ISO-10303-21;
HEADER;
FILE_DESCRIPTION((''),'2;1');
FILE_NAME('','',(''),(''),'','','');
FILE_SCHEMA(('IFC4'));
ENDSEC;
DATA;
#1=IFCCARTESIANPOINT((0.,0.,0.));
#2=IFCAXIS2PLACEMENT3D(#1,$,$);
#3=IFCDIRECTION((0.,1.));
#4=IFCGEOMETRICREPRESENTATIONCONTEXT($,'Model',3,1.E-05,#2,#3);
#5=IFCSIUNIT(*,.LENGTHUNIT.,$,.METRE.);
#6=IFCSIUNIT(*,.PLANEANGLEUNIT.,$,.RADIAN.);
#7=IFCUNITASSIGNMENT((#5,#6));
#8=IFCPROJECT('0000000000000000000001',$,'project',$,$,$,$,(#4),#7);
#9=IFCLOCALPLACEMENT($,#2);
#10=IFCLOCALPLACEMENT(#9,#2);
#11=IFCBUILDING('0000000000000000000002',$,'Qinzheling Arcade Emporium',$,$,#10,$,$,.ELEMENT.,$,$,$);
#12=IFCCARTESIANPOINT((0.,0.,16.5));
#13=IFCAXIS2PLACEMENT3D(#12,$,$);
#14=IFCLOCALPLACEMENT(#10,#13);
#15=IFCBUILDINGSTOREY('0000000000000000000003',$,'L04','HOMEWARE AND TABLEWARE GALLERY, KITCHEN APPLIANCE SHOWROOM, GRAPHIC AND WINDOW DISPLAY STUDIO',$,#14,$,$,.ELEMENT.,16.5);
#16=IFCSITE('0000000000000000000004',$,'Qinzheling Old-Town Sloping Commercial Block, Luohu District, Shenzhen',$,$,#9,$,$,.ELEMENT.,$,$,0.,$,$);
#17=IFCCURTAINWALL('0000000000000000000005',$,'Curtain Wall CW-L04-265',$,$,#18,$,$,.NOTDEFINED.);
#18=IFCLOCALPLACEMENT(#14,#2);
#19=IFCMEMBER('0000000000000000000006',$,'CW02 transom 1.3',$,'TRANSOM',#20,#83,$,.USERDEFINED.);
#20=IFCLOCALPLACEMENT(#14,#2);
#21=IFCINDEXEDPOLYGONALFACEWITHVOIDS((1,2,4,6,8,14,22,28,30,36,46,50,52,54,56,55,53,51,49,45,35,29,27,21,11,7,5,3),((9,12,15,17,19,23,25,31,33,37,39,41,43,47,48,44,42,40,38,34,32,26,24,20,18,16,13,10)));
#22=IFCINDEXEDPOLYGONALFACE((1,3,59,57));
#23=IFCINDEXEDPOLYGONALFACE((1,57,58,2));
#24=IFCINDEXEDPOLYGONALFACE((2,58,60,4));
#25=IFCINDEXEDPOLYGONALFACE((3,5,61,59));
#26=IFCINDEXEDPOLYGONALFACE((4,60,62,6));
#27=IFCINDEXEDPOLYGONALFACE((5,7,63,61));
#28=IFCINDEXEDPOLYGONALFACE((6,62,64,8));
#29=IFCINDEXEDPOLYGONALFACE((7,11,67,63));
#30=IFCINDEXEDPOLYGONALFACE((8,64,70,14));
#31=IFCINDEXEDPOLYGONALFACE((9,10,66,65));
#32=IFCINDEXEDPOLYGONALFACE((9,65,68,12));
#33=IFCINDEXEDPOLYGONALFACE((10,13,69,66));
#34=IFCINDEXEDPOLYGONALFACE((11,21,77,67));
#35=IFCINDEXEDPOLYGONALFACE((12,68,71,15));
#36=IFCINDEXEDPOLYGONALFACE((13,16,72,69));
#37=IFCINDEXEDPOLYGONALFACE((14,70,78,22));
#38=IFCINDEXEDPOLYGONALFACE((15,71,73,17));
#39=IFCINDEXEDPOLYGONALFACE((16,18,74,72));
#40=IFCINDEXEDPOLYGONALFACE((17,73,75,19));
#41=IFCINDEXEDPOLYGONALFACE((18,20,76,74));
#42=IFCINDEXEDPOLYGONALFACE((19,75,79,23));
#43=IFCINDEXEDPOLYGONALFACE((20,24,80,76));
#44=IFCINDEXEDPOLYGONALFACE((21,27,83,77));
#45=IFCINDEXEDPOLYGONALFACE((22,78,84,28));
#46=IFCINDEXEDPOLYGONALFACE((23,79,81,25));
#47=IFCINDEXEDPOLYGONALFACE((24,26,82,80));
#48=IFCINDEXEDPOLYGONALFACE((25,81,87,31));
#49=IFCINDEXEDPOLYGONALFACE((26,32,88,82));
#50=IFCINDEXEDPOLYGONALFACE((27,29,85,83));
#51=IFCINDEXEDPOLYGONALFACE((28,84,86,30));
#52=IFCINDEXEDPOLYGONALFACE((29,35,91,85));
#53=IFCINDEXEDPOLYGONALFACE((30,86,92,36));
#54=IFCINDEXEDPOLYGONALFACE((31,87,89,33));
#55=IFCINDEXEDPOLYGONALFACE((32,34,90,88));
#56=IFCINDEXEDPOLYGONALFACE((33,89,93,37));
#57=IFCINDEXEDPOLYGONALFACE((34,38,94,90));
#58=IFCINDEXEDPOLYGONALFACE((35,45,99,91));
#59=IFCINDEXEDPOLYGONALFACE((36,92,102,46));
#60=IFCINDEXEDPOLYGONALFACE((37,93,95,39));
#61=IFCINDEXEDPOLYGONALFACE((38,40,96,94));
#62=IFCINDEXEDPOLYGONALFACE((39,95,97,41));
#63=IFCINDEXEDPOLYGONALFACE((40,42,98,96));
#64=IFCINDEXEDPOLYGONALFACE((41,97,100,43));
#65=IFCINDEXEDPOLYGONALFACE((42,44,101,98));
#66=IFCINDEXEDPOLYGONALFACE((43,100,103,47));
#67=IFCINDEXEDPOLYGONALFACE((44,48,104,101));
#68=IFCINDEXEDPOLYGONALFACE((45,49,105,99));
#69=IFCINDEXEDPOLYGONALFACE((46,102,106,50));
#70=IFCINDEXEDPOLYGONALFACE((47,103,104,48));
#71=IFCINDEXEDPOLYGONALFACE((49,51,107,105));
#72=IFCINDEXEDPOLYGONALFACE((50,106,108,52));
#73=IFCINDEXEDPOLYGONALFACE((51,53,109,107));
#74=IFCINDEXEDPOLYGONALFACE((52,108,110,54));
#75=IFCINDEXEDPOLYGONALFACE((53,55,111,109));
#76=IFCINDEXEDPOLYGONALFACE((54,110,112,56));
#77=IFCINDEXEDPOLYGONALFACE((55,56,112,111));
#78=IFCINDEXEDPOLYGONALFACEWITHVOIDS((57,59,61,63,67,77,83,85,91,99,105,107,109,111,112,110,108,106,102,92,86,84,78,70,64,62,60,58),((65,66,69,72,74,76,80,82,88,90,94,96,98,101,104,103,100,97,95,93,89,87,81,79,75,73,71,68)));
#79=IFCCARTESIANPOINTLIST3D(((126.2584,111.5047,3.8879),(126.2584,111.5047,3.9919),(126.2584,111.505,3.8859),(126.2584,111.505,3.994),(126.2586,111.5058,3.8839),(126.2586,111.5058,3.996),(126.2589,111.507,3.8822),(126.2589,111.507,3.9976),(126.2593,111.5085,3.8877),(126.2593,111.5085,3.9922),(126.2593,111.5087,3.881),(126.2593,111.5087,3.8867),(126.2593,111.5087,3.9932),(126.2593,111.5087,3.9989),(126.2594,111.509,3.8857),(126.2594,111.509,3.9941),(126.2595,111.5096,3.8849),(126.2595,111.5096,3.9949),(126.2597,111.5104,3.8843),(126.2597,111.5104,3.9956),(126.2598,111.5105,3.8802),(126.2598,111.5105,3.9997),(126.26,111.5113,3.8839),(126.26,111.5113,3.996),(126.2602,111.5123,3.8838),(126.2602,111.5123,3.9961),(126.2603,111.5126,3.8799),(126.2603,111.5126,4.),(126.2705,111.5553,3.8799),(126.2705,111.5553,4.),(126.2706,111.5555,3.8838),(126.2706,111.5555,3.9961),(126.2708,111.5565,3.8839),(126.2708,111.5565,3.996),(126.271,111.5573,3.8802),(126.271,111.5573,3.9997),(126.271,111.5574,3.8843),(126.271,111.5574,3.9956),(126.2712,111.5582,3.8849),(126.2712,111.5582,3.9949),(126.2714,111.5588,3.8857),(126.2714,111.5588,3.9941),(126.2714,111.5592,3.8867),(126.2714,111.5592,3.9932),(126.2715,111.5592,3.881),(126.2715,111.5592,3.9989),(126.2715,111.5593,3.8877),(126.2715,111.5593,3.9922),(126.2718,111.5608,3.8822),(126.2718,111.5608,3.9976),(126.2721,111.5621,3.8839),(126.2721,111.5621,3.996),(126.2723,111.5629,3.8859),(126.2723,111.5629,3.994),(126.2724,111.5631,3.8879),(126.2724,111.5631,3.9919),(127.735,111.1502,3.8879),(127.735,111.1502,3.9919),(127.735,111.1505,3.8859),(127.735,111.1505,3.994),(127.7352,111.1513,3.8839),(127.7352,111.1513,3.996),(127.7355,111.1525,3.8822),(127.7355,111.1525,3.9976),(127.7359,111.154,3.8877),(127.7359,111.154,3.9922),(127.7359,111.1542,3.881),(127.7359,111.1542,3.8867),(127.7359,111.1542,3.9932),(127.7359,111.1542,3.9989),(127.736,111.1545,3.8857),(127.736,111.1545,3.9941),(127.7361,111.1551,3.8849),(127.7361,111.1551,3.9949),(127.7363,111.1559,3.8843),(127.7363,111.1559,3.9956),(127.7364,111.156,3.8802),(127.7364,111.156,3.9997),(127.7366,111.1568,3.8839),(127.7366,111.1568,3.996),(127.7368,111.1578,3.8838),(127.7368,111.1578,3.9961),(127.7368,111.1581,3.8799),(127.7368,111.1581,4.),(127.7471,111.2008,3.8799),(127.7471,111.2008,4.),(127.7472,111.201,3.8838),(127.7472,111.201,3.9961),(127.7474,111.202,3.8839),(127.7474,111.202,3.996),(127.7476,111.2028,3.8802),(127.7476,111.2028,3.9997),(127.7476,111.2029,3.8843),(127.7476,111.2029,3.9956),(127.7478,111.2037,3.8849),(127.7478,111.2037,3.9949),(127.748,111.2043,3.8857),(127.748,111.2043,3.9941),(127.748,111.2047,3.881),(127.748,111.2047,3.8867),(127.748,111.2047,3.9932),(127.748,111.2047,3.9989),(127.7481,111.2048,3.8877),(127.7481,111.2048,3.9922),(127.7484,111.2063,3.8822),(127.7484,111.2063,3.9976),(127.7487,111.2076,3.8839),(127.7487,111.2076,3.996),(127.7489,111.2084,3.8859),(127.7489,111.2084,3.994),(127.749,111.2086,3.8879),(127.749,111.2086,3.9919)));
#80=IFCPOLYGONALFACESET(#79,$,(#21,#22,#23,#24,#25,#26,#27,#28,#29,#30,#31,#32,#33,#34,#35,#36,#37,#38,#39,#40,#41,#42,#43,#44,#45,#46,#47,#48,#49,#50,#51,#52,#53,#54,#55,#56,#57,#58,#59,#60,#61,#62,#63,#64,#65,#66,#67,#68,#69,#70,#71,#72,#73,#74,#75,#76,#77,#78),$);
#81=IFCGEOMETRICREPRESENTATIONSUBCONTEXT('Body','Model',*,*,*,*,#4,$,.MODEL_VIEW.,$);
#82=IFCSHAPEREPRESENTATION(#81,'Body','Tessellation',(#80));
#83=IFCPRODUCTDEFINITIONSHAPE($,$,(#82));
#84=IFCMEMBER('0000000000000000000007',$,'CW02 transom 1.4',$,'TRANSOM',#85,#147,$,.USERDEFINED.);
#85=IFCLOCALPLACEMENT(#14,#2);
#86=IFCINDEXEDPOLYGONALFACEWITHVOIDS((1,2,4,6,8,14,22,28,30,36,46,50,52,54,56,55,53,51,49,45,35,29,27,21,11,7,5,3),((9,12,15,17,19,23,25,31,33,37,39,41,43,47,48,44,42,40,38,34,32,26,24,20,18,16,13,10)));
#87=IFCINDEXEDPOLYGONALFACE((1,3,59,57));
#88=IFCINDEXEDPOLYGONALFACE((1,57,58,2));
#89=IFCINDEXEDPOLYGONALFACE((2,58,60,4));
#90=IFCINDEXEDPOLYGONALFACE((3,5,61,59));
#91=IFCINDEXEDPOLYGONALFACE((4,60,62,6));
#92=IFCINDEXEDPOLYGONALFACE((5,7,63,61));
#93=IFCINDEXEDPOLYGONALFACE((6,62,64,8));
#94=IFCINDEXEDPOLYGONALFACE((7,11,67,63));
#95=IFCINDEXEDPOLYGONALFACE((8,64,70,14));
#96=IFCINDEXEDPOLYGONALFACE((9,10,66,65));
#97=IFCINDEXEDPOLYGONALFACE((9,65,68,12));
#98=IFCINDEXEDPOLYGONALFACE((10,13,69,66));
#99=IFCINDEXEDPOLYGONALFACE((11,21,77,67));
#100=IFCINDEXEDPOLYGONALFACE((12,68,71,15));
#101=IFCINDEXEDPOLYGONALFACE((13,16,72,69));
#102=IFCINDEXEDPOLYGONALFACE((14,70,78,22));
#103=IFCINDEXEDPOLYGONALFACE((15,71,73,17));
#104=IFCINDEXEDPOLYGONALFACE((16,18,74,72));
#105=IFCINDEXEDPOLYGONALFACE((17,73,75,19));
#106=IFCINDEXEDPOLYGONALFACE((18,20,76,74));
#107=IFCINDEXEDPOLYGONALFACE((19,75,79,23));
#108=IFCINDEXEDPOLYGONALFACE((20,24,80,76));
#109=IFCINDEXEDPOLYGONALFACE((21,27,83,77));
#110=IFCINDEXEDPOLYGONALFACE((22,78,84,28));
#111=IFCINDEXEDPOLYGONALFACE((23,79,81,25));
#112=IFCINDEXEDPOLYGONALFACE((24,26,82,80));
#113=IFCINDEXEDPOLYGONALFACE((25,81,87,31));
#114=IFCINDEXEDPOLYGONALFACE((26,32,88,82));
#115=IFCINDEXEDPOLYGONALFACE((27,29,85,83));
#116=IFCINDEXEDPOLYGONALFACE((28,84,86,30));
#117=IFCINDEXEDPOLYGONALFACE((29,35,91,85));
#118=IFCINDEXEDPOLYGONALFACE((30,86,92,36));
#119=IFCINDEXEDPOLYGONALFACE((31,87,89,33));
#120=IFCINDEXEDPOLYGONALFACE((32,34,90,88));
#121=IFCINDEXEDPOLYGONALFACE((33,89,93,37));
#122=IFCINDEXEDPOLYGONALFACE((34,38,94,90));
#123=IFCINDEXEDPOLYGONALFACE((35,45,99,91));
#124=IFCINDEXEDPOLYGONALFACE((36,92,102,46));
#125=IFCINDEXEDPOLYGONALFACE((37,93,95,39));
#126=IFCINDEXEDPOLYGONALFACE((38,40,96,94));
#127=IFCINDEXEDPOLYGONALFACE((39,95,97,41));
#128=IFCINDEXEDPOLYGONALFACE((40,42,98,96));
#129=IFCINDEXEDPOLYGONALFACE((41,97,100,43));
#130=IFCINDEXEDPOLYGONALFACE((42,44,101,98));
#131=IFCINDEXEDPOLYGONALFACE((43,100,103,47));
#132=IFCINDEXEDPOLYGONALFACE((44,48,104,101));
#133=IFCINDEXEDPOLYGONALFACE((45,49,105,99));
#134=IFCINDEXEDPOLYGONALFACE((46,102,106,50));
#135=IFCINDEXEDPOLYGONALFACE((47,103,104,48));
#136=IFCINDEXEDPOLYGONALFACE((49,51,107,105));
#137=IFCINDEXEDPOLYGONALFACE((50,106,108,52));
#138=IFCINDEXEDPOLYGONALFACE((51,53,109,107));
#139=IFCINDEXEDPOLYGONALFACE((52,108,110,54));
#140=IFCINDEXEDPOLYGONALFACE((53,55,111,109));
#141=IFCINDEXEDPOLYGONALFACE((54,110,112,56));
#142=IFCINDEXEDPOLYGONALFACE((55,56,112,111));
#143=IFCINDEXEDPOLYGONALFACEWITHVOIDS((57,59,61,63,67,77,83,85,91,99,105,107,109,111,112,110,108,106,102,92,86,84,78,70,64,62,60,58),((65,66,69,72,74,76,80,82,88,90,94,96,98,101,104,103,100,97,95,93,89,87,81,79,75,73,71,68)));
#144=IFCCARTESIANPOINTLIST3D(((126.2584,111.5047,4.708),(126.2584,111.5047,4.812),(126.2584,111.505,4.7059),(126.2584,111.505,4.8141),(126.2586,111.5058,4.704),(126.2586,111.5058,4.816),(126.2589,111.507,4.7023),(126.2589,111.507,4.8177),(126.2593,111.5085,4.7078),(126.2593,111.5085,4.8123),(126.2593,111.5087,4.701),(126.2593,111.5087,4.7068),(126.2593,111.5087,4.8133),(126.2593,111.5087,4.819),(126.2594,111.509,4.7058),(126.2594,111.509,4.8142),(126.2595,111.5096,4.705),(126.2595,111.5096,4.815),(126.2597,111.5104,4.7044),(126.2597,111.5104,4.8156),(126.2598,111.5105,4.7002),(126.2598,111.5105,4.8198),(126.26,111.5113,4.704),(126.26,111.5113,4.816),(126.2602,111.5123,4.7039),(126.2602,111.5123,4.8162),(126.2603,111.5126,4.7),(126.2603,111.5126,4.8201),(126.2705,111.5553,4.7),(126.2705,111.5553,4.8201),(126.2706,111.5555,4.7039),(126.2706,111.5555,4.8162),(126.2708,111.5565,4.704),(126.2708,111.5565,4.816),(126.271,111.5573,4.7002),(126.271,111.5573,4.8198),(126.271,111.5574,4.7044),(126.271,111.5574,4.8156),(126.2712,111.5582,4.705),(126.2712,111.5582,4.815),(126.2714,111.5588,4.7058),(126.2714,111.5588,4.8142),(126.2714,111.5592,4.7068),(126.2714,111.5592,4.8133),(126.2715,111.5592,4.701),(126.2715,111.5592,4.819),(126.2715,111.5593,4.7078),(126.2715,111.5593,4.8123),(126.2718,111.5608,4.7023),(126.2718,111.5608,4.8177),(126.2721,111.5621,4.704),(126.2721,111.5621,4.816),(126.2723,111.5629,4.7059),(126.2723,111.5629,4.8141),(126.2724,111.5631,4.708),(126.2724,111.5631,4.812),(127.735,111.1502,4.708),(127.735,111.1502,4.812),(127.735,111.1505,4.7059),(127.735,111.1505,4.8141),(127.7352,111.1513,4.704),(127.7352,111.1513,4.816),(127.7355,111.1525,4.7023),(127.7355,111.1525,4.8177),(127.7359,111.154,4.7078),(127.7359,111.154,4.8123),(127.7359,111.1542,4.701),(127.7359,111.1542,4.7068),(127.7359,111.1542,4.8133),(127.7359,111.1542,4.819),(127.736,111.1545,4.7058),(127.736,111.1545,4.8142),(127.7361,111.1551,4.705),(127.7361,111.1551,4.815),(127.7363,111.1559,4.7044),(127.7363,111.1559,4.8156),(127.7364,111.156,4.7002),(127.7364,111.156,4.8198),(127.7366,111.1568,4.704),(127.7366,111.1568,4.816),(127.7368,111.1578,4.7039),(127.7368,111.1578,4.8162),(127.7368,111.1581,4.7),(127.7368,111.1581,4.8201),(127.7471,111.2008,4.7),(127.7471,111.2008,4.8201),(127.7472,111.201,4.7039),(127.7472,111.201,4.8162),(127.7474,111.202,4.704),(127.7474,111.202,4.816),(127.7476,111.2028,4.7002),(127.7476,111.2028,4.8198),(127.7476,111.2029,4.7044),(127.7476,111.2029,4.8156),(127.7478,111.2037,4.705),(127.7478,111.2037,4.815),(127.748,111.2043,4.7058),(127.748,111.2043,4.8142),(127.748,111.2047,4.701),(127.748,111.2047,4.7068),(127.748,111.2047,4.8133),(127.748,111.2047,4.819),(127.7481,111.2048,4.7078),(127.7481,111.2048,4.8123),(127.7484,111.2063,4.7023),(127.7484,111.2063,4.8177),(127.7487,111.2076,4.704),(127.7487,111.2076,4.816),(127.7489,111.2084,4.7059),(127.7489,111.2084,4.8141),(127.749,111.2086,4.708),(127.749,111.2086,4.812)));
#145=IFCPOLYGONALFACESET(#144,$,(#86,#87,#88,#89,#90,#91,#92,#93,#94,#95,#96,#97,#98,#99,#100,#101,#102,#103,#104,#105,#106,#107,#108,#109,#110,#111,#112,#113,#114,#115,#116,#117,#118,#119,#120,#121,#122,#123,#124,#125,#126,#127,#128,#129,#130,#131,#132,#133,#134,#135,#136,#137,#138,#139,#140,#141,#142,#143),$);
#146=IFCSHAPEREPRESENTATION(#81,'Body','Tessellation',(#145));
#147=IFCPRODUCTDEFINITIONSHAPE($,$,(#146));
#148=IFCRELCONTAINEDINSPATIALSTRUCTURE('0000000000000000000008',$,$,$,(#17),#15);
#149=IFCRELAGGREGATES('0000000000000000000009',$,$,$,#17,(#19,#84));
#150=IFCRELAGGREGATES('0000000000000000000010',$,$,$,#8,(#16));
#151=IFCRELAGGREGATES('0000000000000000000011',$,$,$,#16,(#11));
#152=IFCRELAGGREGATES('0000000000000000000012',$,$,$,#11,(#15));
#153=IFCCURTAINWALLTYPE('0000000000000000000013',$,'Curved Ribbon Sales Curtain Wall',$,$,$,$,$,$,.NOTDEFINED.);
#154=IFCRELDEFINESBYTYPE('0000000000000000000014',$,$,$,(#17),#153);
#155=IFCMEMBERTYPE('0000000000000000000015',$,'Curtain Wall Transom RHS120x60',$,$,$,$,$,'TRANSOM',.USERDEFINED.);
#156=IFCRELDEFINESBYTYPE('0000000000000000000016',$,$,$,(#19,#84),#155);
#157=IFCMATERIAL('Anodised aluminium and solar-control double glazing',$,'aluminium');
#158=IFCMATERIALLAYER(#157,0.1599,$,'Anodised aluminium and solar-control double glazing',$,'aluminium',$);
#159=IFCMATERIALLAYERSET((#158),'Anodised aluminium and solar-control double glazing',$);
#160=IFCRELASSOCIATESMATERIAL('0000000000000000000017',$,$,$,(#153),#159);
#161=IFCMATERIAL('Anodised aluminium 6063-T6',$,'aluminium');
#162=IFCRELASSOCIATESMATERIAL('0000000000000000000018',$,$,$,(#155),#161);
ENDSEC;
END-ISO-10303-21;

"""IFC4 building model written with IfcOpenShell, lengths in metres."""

from ifc_helpers import new_model, si_unit, direction, frame, origin, origin_2d, place, context, subcontext, project, spatial, hollow_rectangle, extrude, material, layer, layer_set, material_profile, profile_set, type_object, element, aggregate, save


model = new_model("IFC4")

# Units and contexts
model_context = context("Model", 3, precision=1e-05, world=origin(), true_north=direction((0.0, 1.0)))
body_context = subcontext(model_context, "Body", "Model", "MODEL_VIEW")
ifc_project = project(units=[si_unit("LENGTHUNIT", "METRE"), si_unit("PLANEANGLEUNIT", "RADIAN")], contexts=[model_context])

# Site, building, storey
site_placement = place(None, origin())
site = spatial("IfcSite", under=ifc_project, at=site_placement, Name="Qinzheling Old-Town Sloping Commercial Block, Luohu District, Shenzhen", CompositionType="ELEMENT", RefElevation=0.0)
building_placement = place(site_placement, origin())
building = spatial("IfcBuilding", under=site, at=building_placement, Name="Qinzheling Arcade Emporium", CompositionType="ELEMENT")
storey_placement = place(building_placement, frame((0.0, 0.0, 16.5)))
storey = spatial("IfcBuildingStorey", under=building, at=storey_placement, Name="L04", Description="HOMEWARE AND TABLEWARE GALLERY, KITCHEN APPLIANCE SHOWROOM, GRAPHIC AND WINDOW DISPLAY STUDIO", CompositionType="ELEMENT", Elevation=16.5)

# Shared definitions
ifc_material_1 = material(Name="Anodised aluminium and solar-control double glazing", Category="aluminium")
ifc_material_2 = material(Name="Anodised aluminium 6063-T6", Category="aluminium")

# Curtain wall
ifc_layer_1 = layer(ifc_material_1, 0.1599, Name="Anodised aluminium and solar-control double glazing", Category="aluminium")
ifc_layer_set_1 = layer_set([ifc_layer_1], Name="Anodised aluminium and solar-control double glazing")
curtain_wall_type_1 = type_object("IfcCurtainWallType", Name="Curved Ribbon Sales Curtain Wall", PredefinedType="NOTDEFINED", material=ifc_layer_set_1)
curtain_wall_1_placement = place(storey_placement, origin())
curtain_wall_1 = element("IfcCurtainWall", 1, at=curtain_wall_1_placement, inside=storey, type_object=curtain_wall_type_1, Name="Curtain Wall CW-L04-265", PredefinedType="NOTDEFINED")

# Members
ifc_material_profile_1 = material_profile(ifc_material_2, hollow_rectangle(XDim=0.0601, YDim=0.1201, WallThickness=0.0039, InnerFilletRadius=0.0039, OuterFilletRadius=0.0081, at=origin_2d()), Name="RHS 120x60x4", Category="aluminium")
ifc_profile_set_1 = profile_set([ifc_material_profile_1], Name="Anodised aluminium 6063-T6")
member_type_1 = type_object("IfcMemberType", Name="Curtain Wall Transom RHS120x60", ElementType="TRANSOM", PredefinedType="USERDEFINED", material=ifc_profile_set_1)
member_1_placement = place(storey_placement, frame((126.2654, 111.5339, 3.9399), z_axis=(0.97237, -0.233446, 0.0), x_axis=(0.233446, 0.97237, 0.0)))
member_1 = element("IfcMember", 2, at=member_1_placement, type_object=member_type_1, Name="CW02 transom 1.3", ObjectType="TRANSOM", PredefinedType="USERDEFINED", context=body_context, shape_type="SweptSolid", body=[
    extrude(hollow_rectangle(XDim=0.0601, YDim=0.1201, WallThickness=0.0039, InnerFilletRadius=0.0039, OuterFilletRadius=0.0081, at=origin_2d()), origin(), (0.0, 0.0, 1.0), 1.5186),
])
member_2_placement = place(storey_placement, frame((126.2654, 111.5339, 4.76), z_axis=(0.97237, -0.233446, 0.0), x_axis=(0.233446, 0.97237, 0.0)))
member_2 = element("IfcMember", 3, at=member_2_placement, type_object=member_type_1, Name="CW02 transom 1.4", ObjectType="TRANSOM", PredefinedType="USERDEFINED", context=body_context, shape_type="SweptSolid", body=[
    extrude(hollow_rectangle(XDim=0.0601, YDim=0.1201, WallThickness=0.0039, InnerFilletRadius=0.0039, OuterFilletRadius=0.0081, at=origin_2d()), origin(), (0.0, 0.0, 1.0), 1.5186),
])

aggregate(curtain_wall_1, [member_1, member_2])

save(model, "model.ifc")
